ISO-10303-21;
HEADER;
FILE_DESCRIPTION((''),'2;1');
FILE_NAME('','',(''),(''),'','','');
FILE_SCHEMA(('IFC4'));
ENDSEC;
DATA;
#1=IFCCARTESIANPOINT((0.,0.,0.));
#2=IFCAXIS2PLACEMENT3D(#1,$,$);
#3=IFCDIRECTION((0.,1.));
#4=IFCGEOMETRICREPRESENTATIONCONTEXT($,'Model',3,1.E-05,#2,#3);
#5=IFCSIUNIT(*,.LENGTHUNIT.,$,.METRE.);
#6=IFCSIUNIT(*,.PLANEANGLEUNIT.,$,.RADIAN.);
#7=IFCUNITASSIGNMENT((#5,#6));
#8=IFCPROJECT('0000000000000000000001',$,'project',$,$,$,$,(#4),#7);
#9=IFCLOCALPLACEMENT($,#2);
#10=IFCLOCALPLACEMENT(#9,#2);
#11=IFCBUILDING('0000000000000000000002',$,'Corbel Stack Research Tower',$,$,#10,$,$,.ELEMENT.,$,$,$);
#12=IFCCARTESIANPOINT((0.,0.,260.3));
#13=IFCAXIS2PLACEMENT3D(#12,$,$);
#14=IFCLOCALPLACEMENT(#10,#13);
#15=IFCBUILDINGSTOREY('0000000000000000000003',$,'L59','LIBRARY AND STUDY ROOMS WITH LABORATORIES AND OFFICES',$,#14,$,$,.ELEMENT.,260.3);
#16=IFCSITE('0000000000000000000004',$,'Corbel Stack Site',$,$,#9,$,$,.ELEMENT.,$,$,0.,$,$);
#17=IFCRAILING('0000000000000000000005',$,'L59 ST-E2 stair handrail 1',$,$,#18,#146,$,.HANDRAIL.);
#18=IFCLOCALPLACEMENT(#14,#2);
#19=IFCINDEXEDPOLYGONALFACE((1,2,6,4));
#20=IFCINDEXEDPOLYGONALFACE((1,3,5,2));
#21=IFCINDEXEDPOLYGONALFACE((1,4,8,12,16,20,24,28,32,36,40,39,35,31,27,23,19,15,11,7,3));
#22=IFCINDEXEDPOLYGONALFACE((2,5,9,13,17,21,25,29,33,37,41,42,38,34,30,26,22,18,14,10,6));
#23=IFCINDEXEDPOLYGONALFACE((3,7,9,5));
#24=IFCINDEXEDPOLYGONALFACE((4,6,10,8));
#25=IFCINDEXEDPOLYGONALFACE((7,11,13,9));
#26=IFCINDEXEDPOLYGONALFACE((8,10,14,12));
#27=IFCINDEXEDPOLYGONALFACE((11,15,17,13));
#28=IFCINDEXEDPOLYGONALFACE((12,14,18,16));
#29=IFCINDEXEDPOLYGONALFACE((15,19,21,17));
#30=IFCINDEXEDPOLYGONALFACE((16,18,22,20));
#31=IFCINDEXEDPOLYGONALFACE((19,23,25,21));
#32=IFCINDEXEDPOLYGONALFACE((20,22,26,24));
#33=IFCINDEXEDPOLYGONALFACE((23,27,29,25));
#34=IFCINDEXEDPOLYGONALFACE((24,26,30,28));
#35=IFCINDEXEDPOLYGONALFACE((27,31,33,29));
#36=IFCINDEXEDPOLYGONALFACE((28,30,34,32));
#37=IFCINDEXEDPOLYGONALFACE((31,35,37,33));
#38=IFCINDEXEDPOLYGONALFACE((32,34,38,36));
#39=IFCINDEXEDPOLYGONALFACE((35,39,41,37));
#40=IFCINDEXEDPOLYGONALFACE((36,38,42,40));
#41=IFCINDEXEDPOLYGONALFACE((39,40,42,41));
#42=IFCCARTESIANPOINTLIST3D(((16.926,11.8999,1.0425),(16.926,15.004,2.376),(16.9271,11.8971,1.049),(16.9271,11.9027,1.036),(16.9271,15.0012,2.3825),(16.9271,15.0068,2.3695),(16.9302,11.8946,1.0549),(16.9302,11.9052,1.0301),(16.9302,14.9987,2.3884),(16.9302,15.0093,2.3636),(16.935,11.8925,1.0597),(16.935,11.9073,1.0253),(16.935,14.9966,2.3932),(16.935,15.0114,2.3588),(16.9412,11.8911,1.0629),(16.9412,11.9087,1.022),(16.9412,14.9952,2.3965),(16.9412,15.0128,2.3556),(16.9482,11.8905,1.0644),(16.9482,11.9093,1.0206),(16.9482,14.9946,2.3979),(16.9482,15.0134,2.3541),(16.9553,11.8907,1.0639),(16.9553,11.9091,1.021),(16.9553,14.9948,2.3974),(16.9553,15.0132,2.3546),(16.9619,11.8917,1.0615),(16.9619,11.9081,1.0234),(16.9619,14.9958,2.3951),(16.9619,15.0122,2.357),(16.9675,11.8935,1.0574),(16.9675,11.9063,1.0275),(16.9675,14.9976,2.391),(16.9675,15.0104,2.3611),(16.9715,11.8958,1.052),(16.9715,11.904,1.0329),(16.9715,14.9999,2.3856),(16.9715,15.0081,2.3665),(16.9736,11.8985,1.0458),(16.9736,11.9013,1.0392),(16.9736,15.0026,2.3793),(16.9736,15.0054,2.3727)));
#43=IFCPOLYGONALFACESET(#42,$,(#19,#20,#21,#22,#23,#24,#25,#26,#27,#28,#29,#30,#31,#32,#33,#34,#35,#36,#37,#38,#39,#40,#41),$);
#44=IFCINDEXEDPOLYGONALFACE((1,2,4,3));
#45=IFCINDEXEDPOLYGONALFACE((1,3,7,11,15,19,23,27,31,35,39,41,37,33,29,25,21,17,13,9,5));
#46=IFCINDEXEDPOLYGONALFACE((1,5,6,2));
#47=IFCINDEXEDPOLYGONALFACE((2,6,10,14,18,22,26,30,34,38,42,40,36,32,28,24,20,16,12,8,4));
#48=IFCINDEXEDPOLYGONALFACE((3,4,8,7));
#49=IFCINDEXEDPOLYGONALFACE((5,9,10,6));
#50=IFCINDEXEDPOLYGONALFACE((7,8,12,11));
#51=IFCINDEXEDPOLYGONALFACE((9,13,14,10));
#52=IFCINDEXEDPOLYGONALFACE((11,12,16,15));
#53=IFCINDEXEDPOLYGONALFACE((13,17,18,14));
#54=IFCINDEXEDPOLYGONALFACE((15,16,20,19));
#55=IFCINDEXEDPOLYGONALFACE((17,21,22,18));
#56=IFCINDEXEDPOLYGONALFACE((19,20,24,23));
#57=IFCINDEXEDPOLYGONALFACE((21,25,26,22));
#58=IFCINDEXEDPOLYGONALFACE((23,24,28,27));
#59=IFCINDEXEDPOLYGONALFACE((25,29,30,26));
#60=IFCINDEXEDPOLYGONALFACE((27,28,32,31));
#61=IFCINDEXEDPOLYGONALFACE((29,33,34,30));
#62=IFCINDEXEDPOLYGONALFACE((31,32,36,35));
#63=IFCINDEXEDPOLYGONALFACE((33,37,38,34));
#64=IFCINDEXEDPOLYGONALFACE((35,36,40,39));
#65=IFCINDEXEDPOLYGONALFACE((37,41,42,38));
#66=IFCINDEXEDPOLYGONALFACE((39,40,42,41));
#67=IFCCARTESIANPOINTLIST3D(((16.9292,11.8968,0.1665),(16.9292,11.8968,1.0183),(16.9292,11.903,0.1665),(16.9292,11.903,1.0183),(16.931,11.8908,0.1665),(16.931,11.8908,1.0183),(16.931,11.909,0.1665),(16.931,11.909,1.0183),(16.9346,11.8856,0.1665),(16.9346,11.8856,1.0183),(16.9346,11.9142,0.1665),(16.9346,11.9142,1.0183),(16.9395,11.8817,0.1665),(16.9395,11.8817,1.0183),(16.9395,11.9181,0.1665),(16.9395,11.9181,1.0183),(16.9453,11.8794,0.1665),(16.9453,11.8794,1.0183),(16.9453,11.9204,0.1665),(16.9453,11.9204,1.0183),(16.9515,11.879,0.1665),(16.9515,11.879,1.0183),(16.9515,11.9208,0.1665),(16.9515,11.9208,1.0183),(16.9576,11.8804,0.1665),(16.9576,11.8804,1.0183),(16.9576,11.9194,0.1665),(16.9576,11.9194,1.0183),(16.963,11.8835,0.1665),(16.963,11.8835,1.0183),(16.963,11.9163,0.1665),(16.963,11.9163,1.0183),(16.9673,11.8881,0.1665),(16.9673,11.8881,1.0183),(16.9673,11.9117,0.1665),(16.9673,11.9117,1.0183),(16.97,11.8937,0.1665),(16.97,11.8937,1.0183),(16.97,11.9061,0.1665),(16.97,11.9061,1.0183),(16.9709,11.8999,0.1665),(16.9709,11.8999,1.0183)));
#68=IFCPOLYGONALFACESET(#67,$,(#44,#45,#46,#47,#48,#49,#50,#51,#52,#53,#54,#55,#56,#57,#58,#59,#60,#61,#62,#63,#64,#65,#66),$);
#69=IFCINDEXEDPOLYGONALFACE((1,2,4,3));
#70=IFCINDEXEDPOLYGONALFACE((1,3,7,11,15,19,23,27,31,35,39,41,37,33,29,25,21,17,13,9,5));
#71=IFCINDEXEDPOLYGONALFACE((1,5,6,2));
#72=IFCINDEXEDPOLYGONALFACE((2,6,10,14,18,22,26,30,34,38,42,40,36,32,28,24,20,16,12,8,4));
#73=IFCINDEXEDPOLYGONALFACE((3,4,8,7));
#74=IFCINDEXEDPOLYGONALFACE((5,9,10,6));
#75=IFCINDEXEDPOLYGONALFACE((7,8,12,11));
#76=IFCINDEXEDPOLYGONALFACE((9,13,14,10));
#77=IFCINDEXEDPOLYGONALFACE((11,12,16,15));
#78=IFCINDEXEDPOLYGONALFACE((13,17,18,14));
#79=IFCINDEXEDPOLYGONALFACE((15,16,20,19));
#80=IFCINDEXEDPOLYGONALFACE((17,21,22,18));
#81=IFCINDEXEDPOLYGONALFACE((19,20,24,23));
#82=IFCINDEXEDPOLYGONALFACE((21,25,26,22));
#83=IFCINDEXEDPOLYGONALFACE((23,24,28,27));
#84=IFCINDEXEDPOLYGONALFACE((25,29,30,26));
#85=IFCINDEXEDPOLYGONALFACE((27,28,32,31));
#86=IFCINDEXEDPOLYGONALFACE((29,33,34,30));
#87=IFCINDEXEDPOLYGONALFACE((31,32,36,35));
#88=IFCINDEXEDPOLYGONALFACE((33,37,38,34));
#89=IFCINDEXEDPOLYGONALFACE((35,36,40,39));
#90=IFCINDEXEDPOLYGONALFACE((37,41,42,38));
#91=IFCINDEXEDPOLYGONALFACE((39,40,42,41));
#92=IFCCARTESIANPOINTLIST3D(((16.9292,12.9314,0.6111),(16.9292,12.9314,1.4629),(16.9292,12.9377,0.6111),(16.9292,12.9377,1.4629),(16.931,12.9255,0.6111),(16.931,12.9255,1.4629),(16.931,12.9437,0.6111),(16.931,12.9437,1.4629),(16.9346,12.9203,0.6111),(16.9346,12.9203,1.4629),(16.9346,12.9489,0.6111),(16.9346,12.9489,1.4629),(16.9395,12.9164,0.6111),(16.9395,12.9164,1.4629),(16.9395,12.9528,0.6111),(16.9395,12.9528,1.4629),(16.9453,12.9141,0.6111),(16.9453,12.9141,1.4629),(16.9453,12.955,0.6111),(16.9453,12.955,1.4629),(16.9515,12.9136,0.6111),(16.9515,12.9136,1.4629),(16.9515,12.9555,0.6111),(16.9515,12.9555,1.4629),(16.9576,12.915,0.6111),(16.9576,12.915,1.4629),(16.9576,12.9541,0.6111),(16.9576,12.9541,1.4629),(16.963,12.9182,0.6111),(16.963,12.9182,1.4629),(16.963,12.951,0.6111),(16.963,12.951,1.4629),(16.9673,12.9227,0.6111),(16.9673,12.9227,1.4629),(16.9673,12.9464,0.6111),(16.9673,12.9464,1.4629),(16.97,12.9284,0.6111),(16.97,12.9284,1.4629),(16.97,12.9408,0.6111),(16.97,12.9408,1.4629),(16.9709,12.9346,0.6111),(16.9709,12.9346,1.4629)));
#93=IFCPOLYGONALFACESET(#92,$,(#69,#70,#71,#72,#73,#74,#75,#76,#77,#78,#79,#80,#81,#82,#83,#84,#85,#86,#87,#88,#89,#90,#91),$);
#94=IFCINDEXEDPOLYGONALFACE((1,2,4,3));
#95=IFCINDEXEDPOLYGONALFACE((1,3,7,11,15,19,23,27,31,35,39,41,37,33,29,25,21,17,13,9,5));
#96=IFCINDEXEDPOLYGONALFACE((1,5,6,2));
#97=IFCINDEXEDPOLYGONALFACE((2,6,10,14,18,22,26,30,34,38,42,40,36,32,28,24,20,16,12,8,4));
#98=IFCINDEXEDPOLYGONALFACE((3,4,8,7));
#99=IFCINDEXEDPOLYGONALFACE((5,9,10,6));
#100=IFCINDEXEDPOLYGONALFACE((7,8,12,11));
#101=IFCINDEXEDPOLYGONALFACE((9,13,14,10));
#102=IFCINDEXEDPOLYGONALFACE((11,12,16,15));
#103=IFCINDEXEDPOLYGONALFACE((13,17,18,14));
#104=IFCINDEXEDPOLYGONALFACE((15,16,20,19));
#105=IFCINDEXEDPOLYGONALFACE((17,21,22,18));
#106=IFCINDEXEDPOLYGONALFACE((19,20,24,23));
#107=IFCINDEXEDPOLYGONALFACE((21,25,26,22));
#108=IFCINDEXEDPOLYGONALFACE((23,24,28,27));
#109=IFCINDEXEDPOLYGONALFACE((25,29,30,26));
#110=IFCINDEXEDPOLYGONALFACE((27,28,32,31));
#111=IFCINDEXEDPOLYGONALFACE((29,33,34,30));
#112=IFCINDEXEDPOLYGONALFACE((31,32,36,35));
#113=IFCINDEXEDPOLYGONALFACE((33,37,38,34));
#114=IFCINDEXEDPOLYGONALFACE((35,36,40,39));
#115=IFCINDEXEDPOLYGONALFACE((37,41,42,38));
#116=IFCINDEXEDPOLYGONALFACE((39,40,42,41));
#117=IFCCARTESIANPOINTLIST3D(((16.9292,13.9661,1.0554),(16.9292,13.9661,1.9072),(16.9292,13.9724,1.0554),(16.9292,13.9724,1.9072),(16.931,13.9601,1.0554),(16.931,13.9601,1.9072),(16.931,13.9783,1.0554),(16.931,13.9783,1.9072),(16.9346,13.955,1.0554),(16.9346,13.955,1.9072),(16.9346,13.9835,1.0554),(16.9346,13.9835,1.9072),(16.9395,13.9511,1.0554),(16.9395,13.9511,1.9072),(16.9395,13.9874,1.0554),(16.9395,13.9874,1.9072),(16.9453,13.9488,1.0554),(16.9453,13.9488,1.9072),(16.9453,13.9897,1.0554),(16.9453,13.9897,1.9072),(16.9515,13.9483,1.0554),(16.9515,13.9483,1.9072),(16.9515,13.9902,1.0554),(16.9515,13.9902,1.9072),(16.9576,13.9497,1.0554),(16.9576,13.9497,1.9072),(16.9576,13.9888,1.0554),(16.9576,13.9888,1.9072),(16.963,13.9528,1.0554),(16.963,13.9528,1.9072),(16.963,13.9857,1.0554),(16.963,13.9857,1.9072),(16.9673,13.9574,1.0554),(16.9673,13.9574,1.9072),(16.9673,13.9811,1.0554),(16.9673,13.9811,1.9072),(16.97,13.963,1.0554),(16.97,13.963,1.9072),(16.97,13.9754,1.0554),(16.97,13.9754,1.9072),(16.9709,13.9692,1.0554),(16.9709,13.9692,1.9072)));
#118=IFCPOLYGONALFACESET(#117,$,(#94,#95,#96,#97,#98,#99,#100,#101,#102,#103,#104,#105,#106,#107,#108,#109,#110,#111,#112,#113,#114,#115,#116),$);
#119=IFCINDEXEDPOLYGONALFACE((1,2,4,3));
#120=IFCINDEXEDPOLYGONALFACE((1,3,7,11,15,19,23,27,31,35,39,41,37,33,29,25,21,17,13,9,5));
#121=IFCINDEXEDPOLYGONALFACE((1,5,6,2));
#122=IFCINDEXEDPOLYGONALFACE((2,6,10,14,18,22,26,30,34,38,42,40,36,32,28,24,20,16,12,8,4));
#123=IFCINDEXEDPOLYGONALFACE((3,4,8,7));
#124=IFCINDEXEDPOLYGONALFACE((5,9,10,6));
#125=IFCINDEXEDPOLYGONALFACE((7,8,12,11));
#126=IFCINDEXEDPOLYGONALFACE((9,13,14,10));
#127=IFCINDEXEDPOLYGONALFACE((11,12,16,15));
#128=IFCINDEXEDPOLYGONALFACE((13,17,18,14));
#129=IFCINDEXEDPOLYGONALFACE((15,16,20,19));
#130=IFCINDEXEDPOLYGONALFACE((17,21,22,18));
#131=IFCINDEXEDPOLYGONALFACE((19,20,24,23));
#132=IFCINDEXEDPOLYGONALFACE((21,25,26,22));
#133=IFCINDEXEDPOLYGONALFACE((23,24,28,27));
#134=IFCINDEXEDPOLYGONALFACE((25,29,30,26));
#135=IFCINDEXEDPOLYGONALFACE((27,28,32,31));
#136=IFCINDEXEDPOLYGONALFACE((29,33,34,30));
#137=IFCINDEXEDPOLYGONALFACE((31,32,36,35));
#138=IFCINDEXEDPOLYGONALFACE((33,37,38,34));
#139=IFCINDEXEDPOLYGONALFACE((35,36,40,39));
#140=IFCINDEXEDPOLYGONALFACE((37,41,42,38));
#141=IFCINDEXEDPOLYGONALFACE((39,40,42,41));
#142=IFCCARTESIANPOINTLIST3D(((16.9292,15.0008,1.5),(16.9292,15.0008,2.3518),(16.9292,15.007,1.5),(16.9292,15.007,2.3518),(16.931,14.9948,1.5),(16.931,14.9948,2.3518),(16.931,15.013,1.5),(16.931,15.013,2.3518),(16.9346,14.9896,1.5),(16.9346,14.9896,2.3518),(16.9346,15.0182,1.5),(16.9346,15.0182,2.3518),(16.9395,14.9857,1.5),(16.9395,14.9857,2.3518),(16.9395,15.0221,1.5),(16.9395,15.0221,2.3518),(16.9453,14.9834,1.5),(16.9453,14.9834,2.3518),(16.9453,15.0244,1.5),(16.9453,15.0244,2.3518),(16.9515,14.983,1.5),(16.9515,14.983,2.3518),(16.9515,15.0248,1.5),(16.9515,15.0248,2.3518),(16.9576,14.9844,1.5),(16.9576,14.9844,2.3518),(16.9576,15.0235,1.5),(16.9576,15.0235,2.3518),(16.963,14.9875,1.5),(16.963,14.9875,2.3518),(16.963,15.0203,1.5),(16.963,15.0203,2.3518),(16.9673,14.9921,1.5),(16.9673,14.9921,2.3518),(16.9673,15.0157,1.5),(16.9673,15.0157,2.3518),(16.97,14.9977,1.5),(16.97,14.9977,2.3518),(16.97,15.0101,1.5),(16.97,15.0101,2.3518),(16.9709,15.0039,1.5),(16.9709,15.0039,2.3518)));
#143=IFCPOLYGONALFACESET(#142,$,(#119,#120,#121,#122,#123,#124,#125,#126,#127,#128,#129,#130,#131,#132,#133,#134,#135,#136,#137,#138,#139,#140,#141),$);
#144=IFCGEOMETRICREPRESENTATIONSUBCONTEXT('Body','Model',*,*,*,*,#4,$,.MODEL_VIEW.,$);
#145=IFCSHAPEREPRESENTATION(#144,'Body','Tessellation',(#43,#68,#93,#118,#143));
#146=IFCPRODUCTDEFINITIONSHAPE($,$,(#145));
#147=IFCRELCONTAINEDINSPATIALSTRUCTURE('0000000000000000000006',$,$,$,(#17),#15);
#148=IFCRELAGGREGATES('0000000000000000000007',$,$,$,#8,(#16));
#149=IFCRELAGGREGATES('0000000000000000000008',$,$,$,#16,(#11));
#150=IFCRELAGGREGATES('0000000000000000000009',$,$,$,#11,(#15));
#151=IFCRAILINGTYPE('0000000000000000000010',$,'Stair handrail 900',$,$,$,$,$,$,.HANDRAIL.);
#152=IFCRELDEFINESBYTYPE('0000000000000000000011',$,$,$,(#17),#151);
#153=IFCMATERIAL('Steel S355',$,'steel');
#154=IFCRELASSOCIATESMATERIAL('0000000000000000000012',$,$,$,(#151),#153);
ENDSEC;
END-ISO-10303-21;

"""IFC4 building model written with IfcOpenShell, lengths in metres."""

from ifc_helpers import new_model, si_unit, direction, frame, origin, origin_2d, place, context, subcontext, project, spatial, circle, extrude, material, type_object, element, save


model = new_model("IFC4")

# Units and contexts
model_context = context("Model", 3, precision=1e-05, world=origin(), true_north=direction((0.0, 1.0)))
body_context = subcontext(model_context, "Body", "Model", "MODEL_VIEW")
ifc_project = project(units=[si_unit("LENGTHUNIT", "METRE"), si_unit("PLANEANGLEUNIT", "RADIAN")], contexts=[model_context])

# Site, building, storey
site_placement = place(None, origin())
site = spatial("IfcSite", under=ifc_project, at=site_placement, Name="Corbel Stack Site", CompositionType="ELEMENT", RefElevation=0.0)
building_placement = place(site_placement, origin())
building = spatial("IfcBuilding", under=site, at=building_placement, Name="Corbel Stack Research Tower", CompositionType="ELEMENT")
storey_placement = place(building_placement, frame((0.0, 0.0, 260.3)))
storey = spatial("IfcBuildingStorey", under=building, at=storey_placement, Name="L59", Description="LIBRARY AND STUDY ROOMS WITH LABORATORIES AND OFFICES", CompositionType="ELEMENT", Elevation=260.3)

# Railing
ifc_material_1 = material(Name="Steel S355", Category="steel")
railing_type_1 = type_object("IfcRailingType", Name="Stair handrail 900", PredefinedType="HANDRAIL", material=ifc_material_1)
for number, where, name in (
    (1, (16.95, 11.8999, 0.1665), "L59 ST-E2 stair handrail 1"),
):
    element("IfcRailing", number, at=place(storey_placement, frame(where)), inside=storey, type_object=railing_type_1, Name=name, PredefinedType="HANDRAIL", context=body_context, shape_type="SweptSolid", body=[
        extrude(circle(Radius=0.0239, at=origin_2d()), frame((0.0, 0.0, 0.876), z_axis=(0.0, 0.918801, 0.394722), x_axis=(-1.0, 0.0, 0.0)), (0.0, 0.0, 1.0), 3.3784),
        extrude(circle(Radius=0.021, at=origin_2d()), origin(), (0.0, 0.0, 1.0), 0.8518),
        extrude(circle(Radius=0.021, at=origin_2d()), frame((0.0, 1.0347, 0.4446)), (0.0, 0.0, 1.0), 0.8518),
        extrude(circle(Radius=0.021, at=origin_2d()), frame((0.0, 2.0693, 0.8889)), (0.0, 0.0, 1.0), 0.8518),
        extrude(circle(Radius=0.021, at=origin_2d()), frame((0.0, 3.104, 1.3335)), (0.0, 0.0, 1.0), 0.8518),
    ])

save(model, "model.ifc")
